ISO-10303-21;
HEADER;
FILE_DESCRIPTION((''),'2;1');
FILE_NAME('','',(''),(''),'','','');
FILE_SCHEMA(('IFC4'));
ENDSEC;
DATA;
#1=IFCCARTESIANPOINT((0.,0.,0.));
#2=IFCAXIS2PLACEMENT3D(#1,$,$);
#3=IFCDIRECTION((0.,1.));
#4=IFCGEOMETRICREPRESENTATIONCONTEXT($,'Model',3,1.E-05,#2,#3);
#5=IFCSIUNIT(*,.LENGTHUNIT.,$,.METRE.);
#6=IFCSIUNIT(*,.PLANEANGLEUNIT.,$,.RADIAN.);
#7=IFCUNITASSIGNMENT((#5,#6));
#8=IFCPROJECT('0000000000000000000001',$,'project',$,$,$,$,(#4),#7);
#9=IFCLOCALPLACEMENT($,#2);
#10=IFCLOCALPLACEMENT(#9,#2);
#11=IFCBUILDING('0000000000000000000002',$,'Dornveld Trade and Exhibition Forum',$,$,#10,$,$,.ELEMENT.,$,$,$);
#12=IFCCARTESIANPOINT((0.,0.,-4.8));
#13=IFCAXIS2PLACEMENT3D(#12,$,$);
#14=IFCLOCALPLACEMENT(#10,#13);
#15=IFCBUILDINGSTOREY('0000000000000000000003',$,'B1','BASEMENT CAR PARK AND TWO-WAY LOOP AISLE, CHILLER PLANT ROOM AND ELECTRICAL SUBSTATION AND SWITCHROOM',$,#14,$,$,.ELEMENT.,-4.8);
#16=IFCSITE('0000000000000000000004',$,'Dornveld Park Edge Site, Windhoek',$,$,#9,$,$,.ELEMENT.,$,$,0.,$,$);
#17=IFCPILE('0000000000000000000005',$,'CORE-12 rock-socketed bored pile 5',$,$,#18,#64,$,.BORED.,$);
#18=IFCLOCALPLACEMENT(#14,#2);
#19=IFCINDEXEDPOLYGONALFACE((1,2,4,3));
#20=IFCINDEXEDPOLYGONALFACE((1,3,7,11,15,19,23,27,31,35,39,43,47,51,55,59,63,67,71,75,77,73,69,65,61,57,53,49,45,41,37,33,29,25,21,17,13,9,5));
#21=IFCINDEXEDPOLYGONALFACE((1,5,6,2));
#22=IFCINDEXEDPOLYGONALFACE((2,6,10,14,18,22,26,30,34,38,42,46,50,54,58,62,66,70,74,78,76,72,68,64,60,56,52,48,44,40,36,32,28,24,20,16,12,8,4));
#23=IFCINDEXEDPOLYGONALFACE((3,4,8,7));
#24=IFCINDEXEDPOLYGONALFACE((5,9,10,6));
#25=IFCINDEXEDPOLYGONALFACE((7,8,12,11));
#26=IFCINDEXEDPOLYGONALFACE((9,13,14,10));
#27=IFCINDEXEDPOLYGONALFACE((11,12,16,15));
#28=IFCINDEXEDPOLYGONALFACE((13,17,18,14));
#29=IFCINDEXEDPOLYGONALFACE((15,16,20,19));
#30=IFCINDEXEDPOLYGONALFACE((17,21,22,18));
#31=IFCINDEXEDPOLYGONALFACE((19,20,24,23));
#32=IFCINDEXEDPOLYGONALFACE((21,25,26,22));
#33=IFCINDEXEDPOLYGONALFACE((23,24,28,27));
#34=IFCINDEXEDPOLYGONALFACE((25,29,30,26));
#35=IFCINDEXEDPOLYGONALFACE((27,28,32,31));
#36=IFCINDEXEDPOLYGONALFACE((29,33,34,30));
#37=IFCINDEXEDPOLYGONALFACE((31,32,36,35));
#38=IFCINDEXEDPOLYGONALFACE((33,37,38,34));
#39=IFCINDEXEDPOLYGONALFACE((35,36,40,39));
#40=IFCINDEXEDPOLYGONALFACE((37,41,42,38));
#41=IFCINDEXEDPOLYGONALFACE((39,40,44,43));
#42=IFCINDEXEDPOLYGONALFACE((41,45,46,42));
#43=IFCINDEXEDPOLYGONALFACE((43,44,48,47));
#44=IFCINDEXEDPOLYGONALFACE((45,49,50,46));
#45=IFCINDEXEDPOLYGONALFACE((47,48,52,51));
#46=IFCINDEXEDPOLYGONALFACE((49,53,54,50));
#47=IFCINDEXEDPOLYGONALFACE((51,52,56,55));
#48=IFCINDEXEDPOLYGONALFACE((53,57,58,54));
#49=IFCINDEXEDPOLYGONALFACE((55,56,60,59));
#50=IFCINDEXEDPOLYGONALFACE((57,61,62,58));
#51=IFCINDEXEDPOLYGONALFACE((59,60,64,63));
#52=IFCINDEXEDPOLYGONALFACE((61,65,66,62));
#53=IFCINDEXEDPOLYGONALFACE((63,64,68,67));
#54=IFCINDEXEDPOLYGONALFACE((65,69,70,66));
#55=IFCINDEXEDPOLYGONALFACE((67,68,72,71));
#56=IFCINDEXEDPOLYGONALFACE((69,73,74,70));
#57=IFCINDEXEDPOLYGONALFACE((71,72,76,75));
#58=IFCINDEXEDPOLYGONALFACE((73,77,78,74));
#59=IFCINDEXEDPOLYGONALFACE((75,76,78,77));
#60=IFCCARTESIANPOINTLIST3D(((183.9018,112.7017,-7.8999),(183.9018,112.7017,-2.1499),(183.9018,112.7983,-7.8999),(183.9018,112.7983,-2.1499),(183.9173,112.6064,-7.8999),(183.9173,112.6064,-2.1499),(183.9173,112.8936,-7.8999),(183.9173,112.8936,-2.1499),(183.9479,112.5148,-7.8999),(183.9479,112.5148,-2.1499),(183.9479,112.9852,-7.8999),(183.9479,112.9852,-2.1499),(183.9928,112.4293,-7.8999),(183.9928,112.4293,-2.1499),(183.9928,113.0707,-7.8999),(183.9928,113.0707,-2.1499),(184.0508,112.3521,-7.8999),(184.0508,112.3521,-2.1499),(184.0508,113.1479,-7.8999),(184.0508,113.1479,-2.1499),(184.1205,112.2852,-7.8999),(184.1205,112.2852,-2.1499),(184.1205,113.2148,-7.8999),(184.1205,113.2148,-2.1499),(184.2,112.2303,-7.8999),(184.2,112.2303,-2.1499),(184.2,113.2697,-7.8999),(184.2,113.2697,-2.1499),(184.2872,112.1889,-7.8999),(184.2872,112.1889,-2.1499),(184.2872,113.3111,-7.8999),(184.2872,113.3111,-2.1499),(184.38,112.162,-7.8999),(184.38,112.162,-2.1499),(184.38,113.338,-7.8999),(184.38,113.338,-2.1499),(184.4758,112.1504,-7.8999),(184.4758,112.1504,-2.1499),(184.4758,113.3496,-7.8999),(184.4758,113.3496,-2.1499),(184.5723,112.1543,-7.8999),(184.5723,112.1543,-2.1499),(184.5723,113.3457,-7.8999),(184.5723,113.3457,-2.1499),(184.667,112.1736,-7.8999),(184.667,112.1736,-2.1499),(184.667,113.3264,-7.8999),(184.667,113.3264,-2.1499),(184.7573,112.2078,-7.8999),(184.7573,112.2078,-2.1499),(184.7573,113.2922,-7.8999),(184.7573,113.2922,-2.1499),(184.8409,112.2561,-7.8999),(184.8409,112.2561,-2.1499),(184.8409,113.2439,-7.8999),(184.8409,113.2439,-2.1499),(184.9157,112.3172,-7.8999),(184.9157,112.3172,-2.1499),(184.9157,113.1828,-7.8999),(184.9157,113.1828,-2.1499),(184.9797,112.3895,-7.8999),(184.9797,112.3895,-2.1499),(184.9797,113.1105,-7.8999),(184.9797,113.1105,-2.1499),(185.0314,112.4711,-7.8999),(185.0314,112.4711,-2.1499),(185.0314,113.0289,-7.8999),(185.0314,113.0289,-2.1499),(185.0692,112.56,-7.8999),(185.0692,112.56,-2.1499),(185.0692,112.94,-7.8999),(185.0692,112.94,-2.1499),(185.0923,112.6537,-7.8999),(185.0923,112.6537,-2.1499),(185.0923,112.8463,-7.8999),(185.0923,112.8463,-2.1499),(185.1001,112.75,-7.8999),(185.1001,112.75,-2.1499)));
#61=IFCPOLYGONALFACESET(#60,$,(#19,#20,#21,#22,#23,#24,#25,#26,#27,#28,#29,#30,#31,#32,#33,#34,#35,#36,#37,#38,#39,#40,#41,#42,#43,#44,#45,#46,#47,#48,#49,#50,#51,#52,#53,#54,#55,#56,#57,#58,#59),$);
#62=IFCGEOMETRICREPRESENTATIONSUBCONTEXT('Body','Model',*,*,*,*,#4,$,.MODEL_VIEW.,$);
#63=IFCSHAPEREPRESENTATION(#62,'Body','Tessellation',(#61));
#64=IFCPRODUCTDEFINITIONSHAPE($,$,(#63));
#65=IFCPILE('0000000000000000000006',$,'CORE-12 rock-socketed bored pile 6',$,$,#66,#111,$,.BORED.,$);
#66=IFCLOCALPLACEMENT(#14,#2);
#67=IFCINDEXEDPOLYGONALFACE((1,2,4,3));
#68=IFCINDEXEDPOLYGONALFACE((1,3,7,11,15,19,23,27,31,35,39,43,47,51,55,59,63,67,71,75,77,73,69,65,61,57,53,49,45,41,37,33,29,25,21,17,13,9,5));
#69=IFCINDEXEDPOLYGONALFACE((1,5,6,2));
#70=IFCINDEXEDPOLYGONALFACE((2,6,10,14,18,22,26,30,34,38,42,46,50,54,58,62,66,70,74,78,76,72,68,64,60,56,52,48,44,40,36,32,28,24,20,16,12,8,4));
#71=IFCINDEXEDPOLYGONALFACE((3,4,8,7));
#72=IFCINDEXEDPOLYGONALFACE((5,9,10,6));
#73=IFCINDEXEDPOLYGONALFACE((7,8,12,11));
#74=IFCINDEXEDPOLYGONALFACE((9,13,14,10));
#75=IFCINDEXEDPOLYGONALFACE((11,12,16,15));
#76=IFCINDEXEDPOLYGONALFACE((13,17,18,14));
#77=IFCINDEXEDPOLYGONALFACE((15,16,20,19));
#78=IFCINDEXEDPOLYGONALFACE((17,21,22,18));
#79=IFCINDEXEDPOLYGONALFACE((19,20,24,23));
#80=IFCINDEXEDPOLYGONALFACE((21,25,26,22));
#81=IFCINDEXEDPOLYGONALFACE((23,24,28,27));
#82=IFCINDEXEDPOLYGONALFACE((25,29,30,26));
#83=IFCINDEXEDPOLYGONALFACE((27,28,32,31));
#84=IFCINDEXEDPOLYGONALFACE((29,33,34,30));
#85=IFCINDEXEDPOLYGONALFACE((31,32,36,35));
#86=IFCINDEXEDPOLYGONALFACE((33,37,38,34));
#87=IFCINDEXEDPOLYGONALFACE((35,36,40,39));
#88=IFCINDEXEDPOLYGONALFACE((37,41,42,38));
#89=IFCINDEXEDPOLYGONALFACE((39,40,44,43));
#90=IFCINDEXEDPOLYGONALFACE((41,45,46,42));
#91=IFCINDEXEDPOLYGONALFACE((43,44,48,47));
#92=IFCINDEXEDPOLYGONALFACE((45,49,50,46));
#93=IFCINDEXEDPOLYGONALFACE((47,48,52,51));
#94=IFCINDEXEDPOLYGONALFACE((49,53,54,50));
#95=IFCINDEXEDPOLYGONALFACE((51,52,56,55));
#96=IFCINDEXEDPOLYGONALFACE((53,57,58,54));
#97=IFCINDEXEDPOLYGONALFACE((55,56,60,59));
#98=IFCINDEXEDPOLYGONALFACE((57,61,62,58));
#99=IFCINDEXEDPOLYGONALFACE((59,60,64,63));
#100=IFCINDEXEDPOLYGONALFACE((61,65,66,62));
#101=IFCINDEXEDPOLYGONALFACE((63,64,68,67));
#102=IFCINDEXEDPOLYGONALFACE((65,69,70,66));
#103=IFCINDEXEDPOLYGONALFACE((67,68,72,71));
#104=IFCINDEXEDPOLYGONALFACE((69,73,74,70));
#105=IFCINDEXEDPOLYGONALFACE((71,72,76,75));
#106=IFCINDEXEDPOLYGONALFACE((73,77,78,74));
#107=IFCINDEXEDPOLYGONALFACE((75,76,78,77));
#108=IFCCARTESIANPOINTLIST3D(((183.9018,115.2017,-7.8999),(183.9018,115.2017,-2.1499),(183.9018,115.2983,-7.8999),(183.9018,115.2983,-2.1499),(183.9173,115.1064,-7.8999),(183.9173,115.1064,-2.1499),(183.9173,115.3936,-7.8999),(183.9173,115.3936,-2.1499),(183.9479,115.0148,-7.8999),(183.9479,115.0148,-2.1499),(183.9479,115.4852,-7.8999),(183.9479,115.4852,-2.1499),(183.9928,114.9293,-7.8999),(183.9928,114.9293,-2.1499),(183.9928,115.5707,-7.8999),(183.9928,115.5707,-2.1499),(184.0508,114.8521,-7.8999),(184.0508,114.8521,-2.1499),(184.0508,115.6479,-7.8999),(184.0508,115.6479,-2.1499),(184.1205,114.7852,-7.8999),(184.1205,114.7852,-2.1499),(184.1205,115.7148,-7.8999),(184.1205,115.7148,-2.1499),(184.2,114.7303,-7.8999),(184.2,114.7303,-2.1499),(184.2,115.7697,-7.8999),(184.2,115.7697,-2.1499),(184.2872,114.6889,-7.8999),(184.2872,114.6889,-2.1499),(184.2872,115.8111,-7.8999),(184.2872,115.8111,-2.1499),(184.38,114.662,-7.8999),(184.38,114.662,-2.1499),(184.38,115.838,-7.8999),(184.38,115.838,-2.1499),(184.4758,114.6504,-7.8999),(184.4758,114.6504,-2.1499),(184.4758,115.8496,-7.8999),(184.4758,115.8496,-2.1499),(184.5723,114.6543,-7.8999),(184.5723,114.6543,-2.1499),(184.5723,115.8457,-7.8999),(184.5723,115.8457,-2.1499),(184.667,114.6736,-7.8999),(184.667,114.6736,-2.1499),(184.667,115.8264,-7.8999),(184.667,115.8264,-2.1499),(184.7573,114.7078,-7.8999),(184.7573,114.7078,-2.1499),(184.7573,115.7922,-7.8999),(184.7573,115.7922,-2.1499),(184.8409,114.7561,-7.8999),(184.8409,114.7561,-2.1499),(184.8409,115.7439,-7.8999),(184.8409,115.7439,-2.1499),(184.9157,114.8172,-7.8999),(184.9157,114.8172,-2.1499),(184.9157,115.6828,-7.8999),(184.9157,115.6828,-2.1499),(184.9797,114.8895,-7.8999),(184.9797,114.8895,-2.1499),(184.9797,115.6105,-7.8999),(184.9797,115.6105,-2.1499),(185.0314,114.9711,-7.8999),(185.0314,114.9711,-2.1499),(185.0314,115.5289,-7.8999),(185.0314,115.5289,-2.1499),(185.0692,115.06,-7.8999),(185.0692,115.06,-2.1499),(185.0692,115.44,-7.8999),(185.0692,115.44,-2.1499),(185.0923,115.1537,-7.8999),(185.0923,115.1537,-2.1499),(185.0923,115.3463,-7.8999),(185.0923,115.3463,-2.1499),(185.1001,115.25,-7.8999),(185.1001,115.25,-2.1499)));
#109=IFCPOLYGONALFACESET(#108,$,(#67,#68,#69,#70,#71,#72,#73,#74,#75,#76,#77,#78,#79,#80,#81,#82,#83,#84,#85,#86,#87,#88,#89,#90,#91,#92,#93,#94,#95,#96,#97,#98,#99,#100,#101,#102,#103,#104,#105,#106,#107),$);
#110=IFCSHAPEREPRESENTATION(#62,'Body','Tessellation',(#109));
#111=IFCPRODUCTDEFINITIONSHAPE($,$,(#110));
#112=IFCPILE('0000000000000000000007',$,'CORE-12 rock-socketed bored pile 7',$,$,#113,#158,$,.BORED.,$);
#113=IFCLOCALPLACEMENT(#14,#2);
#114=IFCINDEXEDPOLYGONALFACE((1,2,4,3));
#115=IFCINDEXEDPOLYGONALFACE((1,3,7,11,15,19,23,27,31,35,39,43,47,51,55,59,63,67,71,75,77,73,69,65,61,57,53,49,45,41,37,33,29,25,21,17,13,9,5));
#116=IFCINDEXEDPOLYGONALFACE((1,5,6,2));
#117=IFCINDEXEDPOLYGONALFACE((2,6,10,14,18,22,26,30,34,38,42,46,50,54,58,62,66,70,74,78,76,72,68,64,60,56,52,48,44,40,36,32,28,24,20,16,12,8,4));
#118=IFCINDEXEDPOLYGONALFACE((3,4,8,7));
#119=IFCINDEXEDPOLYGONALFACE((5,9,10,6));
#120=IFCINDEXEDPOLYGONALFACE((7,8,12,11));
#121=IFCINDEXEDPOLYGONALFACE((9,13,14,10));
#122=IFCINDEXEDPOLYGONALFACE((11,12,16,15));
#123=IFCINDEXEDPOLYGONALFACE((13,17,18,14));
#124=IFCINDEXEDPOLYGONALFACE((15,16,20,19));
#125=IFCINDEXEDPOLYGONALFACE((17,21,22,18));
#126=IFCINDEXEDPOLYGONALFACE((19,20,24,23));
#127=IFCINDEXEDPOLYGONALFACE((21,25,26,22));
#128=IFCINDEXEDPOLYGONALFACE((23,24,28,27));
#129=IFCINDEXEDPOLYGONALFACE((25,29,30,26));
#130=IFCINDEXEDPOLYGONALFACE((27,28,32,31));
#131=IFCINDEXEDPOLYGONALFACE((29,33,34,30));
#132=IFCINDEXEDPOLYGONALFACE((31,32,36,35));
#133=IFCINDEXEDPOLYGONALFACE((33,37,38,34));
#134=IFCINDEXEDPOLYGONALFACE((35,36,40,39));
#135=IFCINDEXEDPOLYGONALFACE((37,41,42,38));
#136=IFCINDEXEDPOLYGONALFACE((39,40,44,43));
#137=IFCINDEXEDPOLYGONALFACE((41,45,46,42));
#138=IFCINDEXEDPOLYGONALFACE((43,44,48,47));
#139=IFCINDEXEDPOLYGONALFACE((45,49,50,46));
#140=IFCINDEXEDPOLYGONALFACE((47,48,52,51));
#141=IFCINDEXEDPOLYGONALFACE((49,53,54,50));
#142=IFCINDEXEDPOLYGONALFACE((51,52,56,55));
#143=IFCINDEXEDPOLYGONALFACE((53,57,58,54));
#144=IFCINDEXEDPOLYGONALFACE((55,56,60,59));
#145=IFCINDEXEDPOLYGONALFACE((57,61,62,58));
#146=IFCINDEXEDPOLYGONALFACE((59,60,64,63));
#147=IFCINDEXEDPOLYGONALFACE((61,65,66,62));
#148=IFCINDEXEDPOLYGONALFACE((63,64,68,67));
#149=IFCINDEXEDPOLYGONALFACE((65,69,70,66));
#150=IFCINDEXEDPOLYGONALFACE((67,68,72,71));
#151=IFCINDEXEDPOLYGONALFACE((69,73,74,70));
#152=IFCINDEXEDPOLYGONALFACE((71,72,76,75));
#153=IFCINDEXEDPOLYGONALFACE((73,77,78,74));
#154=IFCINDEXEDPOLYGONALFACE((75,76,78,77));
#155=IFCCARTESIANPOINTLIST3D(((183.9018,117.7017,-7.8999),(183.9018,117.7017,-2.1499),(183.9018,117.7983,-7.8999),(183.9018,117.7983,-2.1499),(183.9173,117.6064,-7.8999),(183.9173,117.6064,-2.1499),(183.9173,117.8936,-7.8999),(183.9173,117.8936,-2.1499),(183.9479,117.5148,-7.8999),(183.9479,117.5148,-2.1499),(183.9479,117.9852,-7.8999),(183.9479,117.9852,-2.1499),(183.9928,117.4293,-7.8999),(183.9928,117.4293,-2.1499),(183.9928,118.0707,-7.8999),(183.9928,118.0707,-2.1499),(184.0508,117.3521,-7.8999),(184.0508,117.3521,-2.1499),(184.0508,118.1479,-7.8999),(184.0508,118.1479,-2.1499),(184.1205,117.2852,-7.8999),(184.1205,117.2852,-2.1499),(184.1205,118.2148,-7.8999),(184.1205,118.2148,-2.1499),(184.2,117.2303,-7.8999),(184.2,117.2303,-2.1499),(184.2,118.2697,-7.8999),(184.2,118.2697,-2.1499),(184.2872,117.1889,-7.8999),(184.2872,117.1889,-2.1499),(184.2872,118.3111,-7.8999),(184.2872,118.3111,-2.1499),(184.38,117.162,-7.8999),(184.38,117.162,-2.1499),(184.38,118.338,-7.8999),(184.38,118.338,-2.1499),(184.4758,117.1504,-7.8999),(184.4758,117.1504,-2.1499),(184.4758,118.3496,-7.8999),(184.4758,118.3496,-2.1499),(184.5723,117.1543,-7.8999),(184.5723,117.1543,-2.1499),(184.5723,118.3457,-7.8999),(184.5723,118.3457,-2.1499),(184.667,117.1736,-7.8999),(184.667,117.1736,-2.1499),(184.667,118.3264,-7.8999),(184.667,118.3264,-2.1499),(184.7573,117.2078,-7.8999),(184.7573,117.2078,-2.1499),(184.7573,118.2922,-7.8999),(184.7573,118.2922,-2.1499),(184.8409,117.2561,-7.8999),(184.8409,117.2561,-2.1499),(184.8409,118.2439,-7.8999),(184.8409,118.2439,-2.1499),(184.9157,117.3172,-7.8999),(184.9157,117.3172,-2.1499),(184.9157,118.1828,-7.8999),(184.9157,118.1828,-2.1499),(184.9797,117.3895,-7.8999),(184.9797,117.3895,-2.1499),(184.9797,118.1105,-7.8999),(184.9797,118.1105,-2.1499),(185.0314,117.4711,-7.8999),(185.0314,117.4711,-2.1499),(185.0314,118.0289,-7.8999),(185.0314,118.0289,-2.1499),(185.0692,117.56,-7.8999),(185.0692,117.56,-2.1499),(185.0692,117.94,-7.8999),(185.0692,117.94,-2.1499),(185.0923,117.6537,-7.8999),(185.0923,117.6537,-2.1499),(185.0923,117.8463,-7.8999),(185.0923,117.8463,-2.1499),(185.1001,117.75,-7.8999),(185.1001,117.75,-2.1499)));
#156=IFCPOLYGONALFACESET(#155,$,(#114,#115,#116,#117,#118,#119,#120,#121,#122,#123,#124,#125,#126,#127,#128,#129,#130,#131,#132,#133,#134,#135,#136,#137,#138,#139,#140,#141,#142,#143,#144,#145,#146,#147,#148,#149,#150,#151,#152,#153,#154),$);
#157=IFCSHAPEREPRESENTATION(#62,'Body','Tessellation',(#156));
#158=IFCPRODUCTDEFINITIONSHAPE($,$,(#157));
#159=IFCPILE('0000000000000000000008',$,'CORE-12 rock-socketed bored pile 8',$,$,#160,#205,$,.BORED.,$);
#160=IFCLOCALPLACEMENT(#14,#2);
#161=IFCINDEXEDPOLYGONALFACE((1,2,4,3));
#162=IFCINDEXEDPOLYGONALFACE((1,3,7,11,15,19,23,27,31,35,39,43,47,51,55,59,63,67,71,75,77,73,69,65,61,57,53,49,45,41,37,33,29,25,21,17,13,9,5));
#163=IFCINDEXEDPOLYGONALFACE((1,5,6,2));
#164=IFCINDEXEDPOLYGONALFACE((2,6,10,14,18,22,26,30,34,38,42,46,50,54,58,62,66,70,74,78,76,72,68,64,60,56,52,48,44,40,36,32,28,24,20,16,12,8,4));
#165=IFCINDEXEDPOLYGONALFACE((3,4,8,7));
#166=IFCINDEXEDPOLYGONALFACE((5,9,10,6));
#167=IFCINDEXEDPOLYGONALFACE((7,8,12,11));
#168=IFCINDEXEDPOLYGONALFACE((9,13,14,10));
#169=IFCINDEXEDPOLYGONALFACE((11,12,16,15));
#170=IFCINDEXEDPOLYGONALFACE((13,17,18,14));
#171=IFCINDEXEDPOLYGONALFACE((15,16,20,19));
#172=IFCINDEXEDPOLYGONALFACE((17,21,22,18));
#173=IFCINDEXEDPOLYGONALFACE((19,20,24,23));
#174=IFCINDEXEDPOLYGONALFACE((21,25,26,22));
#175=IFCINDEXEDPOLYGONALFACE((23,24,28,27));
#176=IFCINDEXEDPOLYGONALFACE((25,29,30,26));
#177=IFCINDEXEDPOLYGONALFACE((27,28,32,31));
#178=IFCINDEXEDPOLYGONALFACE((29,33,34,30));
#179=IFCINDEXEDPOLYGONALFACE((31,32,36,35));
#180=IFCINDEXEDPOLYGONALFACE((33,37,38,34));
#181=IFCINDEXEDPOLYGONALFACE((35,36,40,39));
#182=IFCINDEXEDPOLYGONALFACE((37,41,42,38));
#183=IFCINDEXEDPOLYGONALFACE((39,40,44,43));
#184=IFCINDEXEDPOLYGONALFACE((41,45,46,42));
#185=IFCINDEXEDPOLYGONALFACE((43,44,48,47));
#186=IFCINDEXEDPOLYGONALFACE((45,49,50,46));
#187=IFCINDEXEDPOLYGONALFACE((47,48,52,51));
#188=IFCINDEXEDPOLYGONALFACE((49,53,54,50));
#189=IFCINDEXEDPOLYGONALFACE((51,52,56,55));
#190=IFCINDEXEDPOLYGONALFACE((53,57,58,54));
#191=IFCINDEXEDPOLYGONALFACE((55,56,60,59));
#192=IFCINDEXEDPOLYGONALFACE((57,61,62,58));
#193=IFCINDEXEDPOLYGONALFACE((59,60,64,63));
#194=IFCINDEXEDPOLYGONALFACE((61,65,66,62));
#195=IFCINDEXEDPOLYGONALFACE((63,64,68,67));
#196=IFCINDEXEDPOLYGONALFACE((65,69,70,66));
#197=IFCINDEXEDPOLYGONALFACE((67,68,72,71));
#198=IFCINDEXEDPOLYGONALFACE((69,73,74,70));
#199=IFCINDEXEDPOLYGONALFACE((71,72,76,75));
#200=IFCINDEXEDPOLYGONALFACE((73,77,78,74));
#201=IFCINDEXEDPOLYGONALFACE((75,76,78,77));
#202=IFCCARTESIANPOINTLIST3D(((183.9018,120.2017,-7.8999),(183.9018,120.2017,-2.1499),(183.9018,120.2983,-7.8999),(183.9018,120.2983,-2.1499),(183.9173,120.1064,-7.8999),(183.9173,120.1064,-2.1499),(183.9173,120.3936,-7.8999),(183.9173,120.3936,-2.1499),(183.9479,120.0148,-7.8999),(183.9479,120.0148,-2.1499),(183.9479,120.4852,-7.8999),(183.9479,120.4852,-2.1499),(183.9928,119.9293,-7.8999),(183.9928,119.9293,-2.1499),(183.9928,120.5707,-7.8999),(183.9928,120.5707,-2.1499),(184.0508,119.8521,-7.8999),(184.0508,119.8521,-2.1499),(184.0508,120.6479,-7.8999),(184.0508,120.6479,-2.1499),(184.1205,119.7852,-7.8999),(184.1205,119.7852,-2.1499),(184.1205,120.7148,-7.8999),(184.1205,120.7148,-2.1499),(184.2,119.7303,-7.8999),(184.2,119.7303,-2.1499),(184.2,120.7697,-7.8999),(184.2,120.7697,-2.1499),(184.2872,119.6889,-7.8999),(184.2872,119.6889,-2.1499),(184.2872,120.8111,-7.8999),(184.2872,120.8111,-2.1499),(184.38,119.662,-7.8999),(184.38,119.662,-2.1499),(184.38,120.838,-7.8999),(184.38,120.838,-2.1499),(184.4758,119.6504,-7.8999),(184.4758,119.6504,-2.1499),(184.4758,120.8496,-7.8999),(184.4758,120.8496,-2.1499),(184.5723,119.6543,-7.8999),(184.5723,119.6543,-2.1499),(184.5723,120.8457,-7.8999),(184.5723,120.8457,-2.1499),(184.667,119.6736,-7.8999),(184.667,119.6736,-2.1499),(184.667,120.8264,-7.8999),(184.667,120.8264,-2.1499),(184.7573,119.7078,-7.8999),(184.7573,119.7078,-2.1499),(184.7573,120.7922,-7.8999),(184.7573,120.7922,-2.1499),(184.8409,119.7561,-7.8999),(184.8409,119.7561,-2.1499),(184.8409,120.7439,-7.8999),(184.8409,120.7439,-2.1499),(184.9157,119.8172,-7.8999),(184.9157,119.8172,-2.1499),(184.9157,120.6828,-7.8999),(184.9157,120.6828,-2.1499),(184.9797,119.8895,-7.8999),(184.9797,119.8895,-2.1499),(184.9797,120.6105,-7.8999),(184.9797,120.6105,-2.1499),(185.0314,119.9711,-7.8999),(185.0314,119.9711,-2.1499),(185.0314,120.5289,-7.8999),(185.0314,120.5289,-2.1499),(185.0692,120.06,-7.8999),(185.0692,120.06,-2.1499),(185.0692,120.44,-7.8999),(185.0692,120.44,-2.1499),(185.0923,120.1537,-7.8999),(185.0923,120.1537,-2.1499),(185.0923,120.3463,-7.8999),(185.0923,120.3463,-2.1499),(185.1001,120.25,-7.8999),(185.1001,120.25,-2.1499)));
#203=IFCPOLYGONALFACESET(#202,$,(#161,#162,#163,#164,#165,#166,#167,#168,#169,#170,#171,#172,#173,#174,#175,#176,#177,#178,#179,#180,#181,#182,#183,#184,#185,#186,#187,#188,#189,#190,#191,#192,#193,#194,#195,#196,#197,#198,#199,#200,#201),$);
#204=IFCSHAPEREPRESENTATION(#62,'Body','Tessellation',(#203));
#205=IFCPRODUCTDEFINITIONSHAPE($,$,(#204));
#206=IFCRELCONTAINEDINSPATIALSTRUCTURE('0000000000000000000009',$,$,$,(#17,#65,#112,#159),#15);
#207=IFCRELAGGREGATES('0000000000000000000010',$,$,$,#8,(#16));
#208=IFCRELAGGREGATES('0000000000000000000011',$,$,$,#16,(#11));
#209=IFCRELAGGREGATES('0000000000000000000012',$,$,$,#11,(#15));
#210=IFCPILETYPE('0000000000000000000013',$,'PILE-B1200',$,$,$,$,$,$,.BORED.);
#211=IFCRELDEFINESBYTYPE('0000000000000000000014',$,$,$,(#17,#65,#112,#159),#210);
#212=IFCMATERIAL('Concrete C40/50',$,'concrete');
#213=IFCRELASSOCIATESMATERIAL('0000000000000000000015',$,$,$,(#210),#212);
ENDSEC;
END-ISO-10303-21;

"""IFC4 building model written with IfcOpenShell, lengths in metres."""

from ifc_helpers import new_model, si_unit, direction, frame, origin, origin_2d, place, context, subcontext, project, spatial, circle, extrude, material, material_profile, profile_set, type_object, element, save


model = new_model("IFC4")

# Units and contexts
model_context = context("Model", 3, precision=1e-05, world=origin(), true_north=direction((0.0, 1.0)))
body_context = subcontext(model_context, "Body", "Model", "MODEL_VIEW")
ifc_project = project(units=[si_unit("LENGTHUNIT", "METRE"), si_unit("PLANEANGLEUNIT", "RADIAN")], contexts=[model_context])

# Site, building, storey
site_placement = place(None, origin())
site = spatial("IfcSite", under=ifc_project, at=site_placement, Name="Dornveld Park Edge Site, Windhoek", CompositionType="ELEMENT", RefElevation=0.0)
building_placement = place(site_placement, origin())
building = spatial("IfcBuilding", under=site, at=building_placement, Name="Dornveld Trade and Exhibition Forum", CompositionType="ELEMENT")
storey_placement = place(building_placement, frame((0.0, 0.0, -4.8)))
storey = spatial("IfcBuildingStorey", under=building, at=storey_placement, Name="B1", Description="BASEMENT CAR PARK AND TWO-WAY LOOP AISLE, CHILLER PLANT ROOM AND ELECTRICAL SUBSTATION AND SWITCHROOM", CompositionType="ELEMENT", Elevation=-4.8)

# Piles
ifc_material_1 = material(Name="Concrete C40/50", Category="concrete")
ifc_material_profile_1 = material_profile(ifc_material_1, circle(Radius=0.6001, at=origin_2d()), Name="PILE D1200")
ifc_profile_set_1 = profile_set([ifc_material_profile_1], Name="Concrete C40/50")
pile_type_1 = type_object("IfcPileType", Name="PILE-B1200", PredefinedType="BORED", material=ifc_profile_set_1)
for number, where, z_axis, x_axis, name in (
    (1, (184.5, 112.75, -2.1499), (0.0, 0.0, -1.0), (1.0, 0.0, 0.0), "CORE-12 rock-socketed bored pile 5"),
    (2, (184.5, 115.25, -2.1499), (0.0, 0.0, -1.0), (1.0, 0.0, 0.0), "CORE-12 rock-socketed bored pile 6"),
    (3, (184.5, 117.75, -2.1499), (0.0, 0.0, -1.0), (1.0, 0.0, 0.0), "CORE-12 rock-socketed bored pile 7"),
    (4, (184.5, 120.25, -2.1499), (0.0, 0.0, -1.0), (1.0, 0.0, 0.0), "CORE-12 rock-socketed bored pile 8"),
):
    element("IfcPile", number, at=place(storey_placement, frame(where, z_axis=z_axis, x_axis=x_axis)), inside=storey, type_object=pile_type_1, Name=name, PredefinedType="BORED", context=body_context, shape_type="SweptSolid", body=[
        extrude(circle(Radius=0.6001, at=origin_2d()), origin(), (0.0, 0.0, 1.0), 5.75),
    ])

save(model, "model.ifc")
